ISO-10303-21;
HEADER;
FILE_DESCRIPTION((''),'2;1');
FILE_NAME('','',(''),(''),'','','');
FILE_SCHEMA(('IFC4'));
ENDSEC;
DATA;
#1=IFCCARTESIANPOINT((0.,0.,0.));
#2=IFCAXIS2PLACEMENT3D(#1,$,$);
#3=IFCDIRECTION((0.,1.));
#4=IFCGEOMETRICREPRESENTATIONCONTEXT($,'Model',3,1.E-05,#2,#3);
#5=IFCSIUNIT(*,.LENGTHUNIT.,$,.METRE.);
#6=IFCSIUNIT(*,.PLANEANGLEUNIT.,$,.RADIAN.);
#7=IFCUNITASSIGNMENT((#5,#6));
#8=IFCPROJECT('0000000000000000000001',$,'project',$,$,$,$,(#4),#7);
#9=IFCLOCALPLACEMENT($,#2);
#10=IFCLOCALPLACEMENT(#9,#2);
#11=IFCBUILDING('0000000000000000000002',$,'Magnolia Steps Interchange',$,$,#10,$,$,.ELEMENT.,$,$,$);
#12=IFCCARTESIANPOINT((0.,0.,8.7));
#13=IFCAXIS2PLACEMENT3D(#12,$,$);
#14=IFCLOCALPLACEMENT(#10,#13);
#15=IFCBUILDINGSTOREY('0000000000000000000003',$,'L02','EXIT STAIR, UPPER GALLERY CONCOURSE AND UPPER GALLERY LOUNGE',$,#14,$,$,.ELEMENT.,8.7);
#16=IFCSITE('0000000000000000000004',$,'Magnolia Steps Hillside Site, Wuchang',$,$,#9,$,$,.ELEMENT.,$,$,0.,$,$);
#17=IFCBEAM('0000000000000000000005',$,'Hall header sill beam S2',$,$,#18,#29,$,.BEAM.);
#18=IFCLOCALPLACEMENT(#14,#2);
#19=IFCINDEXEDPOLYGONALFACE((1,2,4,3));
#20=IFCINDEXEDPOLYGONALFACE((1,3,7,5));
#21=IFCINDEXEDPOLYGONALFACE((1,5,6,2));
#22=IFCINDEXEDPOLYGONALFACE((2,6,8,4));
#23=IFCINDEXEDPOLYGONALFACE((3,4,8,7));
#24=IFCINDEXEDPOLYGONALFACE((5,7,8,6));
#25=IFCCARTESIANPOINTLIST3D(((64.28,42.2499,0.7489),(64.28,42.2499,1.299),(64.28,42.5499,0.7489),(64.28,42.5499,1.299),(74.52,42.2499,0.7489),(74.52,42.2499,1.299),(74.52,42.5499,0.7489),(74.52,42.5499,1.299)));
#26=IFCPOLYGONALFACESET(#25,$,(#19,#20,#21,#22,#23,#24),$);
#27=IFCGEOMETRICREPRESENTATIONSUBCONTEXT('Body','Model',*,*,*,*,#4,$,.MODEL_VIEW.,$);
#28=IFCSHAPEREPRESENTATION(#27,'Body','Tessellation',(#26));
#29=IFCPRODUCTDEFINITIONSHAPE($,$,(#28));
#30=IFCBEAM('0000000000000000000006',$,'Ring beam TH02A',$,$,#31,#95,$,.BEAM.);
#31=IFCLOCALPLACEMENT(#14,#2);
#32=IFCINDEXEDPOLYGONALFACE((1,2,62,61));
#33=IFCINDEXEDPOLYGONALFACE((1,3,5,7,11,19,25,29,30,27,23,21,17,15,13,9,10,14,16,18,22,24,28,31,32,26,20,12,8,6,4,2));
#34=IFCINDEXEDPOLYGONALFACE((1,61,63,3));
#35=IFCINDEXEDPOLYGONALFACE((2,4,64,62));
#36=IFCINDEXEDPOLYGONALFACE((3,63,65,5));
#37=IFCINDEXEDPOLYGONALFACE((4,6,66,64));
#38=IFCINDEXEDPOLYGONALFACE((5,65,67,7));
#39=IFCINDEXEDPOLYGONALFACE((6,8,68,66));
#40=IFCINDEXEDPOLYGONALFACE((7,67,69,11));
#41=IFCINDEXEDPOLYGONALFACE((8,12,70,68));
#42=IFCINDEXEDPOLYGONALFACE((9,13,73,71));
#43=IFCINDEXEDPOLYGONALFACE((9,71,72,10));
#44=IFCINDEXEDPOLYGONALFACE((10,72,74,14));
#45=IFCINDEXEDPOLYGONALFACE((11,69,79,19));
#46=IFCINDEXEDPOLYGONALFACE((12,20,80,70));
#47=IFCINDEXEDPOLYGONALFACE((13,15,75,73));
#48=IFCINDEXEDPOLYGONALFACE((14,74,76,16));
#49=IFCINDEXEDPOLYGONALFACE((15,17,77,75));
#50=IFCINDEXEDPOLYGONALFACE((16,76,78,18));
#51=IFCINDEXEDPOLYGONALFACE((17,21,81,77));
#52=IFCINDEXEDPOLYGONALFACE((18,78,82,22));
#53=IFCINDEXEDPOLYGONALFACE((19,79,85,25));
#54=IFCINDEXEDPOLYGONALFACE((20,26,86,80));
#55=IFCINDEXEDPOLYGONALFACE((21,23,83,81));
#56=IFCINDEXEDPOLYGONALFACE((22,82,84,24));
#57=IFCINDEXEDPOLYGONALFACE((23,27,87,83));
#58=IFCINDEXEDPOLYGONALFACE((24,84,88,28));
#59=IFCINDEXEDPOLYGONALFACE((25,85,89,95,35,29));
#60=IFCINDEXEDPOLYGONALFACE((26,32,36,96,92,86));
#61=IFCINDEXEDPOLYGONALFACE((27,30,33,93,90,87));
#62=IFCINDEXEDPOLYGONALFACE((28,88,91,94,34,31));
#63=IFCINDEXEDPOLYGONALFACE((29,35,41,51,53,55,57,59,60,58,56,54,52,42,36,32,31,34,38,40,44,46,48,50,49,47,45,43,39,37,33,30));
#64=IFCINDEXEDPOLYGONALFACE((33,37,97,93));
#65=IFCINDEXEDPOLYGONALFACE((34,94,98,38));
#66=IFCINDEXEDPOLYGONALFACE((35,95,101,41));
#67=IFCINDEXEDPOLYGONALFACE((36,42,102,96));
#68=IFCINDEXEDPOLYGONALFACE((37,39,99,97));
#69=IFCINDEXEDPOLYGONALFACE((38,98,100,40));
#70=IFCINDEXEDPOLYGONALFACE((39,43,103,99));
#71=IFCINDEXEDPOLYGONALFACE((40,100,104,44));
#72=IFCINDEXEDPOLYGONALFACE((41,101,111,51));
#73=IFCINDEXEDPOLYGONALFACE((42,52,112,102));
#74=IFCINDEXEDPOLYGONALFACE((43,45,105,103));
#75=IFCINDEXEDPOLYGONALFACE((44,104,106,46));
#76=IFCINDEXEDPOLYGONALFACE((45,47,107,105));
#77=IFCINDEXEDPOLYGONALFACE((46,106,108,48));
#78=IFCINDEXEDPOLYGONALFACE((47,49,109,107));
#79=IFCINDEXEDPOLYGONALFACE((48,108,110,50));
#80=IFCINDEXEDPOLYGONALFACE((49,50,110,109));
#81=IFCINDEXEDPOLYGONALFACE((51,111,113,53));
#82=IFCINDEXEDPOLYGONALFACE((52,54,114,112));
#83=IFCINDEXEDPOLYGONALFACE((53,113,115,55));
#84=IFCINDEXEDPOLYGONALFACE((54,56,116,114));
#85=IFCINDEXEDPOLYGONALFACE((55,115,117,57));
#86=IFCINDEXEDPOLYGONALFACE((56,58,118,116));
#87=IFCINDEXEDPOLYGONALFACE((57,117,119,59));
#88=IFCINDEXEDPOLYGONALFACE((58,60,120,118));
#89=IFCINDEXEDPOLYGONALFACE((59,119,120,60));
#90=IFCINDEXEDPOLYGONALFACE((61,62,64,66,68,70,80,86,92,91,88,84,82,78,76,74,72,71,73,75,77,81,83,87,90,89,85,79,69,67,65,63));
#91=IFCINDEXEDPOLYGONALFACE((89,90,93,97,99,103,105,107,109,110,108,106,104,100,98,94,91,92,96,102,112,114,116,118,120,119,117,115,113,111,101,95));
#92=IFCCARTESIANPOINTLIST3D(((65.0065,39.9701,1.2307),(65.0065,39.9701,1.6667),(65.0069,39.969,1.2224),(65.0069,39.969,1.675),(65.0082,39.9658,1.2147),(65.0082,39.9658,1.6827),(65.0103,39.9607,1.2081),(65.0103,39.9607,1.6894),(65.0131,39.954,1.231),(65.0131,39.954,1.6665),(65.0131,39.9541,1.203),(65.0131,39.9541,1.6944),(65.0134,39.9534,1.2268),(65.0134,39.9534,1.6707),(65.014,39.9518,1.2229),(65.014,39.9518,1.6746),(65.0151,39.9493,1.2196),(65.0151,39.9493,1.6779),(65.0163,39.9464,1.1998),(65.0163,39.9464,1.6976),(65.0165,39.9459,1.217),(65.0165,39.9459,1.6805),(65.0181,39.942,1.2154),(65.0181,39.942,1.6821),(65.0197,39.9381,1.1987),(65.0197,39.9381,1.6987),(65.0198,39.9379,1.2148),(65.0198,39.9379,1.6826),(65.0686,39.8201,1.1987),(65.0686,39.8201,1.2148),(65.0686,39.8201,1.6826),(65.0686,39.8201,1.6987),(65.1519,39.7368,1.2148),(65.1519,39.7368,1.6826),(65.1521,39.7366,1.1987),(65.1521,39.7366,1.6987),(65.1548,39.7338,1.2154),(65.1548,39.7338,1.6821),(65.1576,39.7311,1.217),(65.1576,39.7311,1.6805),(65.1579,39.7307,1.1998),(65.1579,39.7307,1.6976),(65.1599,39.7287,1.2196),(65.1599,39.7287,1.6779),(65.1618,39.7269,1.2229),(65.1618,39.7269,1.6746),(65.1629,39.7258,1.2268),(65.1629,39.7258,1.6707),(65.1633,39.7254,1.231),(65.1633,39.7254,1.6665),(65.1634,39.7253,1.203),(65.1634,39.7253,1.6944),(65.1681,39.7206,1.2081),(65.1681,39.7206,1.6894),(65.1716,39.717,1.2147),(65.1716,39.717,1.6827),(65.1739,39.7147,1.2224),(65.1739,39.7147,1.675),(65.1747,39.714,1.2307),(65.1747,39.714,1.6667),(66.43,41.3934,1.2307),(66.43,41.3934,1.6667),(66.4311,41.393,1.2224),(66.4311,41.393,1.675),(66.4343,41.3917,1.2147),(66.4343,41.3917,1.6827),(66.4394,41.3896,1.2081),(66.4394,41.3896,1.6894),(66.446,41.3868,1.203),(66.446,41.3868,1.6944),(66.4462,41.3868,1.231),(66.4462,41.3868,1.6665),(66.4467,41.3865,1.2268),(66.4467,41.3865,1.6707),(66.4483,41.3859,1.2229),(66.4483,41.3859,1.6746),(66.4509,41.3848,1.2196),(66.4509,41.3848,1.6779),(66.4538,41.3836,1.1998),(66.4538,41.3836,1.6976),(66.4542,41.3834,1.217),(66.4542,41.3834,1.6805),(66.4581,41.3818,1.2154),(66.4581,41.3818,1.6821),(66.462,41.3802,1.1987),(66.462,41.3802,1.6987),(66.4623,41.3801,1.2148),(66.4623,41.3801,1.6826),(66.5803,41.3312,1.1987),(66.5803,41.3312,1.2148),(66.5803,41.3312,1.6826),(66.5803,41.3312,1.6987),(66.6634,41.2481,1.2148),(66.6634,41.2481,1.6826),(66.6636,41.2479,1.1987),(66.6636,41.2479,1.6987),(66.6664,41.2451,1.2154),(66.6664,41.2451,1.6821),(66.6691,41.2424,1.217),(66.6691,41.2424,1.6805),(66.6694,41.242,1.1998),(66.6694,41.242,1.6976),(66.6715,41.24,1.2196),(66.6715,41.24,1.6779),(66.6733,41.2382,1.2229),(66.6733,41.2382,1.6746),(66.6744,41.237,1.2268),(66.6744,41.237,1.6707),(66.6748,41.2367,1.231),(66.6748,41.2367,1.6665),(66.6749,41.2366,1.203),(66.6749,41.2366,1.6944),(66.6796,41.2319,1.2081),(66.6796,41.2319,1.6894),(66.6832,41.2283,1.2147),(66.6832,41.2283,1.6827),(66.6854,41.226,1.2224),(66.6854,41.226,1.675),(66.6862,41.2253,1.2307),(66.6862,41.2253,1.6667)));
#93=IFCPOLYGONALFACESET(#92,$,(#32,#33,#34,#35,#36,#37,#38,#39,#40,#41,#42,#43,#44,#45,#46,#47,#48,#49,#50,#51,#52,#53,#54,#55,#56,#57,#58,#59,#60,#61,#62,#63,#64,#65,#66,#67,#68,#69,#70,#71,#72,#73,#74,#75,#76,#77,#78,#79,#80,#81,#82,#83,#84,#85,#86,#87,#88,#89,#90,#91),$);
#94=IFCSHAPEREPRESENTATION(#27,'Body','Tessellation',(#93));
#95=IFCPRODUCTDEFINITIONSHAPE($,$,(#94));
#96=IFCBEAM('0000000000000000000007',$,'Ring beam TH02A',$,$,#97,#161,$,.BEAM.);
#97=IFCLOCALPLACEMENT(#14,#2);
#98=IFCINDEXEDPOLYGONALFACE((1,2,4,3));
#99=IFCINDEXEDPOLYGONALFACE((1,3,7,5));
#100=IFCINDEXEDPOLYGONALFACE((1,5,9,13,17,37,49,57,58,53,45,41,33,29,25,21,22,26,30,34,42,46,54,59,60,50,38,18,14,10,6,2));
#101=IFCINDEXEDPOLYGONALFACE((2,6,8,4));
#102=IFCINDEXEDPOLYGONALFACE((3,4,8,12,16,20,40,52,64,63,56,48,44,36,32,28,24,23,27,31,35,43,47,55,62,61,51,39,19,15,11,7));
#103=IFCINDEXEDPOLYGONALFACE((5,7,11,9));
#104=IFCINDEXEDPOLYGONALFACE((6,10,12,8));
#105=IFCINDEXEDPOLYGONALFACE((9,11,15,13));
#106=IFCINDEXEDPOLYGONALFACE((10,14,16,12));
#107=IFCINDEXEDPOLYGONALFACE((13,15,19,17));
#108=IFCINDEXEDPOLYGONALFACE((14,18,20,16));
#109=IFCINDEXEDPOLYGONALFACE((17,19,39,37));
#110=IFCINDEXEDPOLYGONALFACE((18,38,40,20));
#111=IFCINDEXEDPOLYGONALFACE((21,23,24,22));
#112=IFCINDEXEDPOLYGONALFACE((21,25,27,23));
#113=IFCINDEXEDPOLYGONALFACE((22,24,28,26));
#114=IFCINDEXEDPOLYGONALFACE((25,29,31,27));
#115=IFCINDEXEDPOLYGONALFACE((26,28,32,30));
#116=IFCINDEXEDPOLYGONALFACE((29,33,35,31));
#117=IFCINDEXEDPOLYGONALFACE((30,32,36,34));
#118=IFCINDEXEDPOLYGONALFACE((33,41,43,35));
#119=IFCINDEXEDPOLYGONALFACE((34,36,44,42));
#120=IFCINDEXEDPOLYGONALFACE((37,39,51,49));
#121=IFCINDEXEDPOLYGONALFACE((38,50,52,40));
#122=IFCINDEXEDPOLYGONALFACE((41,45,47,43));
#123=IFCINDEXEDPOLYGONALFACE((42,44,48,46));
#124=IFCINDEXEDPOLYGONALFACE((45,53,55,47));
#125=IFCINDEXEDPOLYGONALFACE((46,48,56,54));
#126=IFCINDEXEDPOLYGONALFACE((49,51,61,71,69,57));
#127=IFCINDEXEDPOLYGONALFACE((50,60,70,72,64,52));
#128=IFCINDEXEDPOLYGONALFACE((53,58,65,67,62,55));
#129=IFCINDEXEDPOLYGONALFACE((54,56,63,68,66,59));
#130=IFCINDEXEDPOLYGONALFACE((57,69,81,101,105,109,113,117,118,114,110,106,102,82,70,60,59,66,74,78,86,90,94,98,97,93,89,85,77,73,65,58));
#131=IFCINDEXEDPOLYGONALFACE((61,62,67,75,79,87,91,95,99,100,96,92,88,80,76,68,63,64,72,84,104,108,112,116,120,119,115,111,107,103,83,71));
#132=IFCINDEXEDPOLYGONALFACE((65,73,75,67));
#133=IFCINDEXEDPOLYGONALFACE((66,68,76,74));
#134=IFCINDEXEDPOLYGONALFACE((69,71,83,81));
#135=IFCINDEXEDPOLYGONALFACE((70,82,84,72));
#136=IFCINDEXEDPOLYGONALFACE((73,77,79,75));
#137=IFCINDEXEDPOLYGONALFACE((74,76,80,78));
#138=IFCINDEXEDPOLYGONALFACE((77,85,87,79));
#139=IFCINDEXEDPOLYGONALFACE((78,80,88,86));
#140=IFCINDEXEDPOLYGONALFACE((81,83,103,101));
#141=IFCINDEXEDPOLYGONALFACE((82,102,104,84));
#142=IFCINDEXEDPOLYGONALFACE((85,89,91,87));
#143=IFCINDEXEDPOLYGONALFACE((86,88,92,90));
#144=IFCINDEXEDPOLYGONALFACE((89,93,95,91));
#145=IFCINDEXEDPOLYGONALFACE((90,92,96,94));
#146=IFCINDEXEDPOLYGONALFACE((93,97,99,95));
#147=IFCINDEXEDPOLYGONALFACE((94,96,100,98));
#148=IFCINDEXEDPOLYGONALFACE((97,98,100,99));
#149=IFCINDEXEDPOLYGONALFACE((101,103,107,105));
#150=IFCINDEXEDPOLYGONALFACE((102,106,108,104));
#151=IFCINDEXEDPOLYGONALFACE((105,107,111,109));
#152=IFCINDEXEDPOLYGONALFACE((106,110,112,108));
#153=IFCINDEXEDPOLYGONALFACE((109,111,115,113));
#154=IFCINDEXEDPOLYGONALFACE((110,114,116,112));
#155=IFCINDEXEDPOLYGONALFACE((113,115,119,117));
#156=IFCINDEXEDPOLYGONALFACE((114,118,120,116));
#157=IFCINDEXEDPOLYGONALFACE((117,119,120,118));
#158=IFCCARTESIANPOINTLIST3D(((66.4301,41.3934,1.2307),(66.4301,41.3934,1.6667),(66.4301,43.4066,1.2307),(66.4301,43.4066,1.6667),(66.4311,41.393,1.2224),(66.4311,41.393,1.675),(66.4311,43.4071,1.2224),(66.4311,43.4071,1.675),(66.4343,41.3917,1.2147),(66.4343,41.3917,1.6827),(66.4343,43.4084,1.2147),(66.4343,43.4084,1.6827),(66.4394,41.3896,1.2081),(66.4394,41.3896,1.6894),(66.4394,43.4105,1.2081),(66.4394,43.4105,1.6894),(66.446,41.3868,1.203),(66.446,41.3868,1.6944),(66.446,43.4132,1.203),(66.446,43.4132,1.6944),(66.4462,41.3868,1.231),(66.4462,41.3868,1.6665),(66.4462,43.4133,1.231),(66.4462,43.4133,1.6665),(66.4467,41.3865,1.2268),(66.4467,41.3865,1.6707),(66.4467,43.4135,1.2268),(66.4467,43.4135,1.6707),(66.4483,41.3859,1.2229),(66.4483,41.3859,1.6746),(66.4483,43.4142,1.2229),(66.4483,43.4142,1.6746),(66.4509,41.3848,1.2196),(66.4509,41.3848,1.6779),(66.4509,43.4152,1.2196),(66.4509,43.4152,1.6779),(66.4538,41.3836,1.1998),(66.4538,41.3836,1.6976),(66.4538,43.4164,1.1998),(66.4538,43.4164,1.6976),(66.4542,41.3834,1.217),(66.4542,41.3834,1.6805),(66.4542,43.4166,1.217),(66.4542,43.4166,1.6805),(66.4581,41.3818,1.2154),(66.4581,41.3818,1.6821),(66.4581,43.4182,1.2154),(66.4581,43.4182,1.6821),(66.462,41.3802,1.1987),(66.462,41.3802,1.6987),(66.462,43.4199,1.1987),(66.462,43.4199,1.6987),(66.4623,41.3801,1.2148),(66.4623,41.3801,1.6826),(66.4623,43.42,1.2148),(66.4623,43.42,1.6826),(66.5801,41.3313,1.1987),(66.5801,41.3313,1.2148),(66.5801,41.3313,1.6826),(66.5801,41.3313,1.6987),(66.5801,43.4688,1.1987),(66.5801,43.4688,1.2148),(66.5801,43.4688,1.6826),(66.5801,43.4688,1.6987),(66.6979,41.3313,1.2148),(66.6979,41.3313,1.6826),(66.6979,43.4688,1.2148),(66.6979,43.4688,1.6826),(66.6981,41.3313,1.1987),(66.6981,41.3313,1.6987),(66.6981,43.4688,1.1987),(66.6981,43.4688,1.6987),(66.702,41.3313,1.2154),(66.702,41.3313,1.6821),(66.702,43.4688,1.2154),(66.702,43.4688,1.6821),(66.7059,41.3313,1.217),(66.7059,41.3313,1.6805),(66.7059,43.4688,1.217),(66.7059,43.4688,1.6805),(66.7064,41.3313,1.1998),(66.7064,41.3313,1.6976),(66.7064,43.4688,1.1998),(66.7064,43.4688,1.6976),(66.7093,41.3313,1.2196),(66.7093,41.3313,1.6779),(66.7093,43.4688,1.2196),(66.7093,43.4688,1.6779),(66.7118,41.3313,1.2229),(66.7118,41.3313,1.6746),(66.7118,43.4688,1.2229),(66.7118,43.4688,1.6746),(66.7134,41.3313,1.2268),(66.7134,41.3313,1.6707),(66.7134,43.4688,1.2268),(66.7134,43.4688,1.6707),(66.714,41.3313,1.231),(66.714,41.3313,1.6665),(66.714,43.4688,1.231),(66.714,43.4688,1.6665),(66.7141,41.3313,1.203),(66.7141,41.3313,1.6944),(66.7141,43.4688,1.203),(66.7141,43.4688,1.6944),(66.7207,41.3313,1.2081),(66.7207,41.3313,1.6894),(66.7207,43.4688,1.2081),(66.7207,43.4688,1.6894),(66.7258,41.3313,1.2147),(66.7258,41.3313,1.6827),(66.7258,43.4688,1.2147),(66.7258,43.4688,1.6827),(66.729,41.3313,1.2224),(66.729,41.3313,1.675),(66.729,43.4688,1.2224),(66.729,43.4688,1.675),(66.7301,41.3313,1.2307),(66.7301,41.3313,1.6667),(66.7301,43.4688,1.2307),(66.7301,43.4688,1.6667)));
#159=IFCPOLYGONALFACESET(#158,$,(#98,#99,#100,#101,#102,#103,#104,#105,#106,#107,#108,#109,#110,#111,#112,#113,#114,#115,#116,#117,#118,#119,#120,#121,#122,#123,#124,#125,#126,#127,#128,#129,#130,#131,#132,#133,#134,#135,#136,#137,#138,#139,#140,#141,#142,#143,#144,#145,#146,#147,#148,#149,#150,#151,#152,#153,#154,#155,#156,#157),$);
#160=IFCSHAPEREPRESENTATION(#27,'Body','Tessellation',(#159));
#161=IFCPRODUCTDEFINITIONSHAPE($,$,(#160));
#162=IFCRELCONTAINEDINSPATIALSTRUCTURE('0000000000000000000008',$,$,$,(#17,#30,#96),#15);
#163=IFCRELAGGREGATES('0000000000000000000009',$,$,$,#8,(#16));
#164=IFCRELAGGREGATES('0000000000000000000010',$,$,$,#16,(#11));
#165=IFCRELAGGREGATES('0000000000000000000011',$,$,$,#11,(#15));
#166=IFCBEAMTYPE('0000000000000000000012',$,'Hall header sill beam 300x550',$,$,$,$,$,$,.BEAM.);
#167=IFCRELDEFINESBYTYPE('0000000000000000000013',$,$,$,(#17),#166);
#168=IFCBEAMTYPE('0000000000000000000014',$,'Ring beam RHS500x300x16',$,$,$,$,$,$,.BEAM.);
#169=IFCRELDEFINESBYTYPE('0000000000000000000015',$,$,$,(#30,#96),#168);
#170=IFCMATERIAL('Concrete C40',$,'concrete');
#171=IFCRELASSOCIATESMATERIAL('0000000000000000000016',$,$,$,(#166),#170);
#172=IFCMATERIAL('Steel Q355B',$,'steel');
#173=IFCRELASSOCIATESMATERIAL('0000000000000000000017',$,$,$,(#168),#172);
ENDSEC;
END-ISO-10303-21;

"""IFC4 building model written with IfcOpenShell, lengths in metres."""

from ifc_helpers import new_model, si_unit, direction, frame, origin, origin_2d, place, context, subcontext, project, spatial, rectangle, hollow_rectangle, extrude, clip, halfspace, material, material_profile, profile_set, type_object, element, save


model = new_model("IFC4")

# Units and contexts
model_context = context("Model", 3, precision=1e-05, world=origin(), true_north=direction((0.0, 1.0)))
body_context = subcontext(model_context, "Body", "Model", "MODEL_VIEW")
ifc_project = project(units=[si_unit("LENGTHUNIT", "METRE"), si_unit("PLANEANGLEUNIT", "RADIAN")], contexts=[model_context])

# Site, building, storey
site_placement = place(None, origin())
site = spatial("IfcSite", under=ifc_project, at=site_placement, Name="Magnolia Steps Hillside Site, Wuchang", CompositionType="ELEMENT", RefElevation=0.0)
building_placement = place(site_placement, origin())
building = spatial("IfcBuilding", under=site, at=building_placement, Name="Magnolia Steps Interchange", CompositionType="ELEMENT")
storey_placement = place(building_placement, frame((0.0, 0.0, 8.7)))
storey = spatial("IfcBuildingStorey", under=building, at=storey_placement, Name="L02", Description="EXIT STAIR, UPPER GALLERY CONCOURSE AND UPPER GALLERY LOUNGE", CompositionType="ELEMENT", Elevation=8.7)

# Beams
ifc_material_1 = material(Name="Concrete C40", Category="concrete")
ifc_material_profile_1 = material_profile(ifc_material_1, rectangle(XDim=0.3, YDim=0.55, at=origin_2d()), Name="RC300x550")
ifc_profile_set_1 = profile_set([ifc_material_profile_1], Name="Concrete C40")
beam_type_1 = type_object("IfcBeamType", Name="Hall header sill beam 300x550", PredefinedType="BEAM", material=ifc_profile_set_1)
beam_1_placement = place(storey_placement, frame((64.28, 42.3999, 1.0239), z_axis=(1.0, 0.0, 0.0), x_axis=(0.0, 1.0, 0.0)))
element("IfcBeam", 1, at=beam_1_placement, inside=storey, type_object=beam_type_1, Name="Hall header sill beam S2", PredefinedType="BEAM", context=body_context, shape_type="SweptSolid", body=[
    extrude(rectangle(XDim=0.3, YDim=0.55, at=origin_2d()), origin(), (0.0, 0.0, 1.0), 10.24),
])
ifc_material_2 = material(Name="Steel Q355B", Category="steel")
ifc_material_profile_2 = material_profile(ifc_material_2, hollow_rectangle(XDim=0.3, YDim=0.5, WallThickness=0.0161, InnerFilletRadius=0.0161, OuterFilletRadius=0.032, at=origin_2d()), Name="RHS500x300x16")
ifc_profile_set_2 = profile_set([ifc_material_profile_2], Name="Steel Q355B")
beam_type_2 = type_object("IfcBeamType", Name="Ring beam RHS500x300x16", PredefinedType="BEAM", material=ifc_profile_set_2)
beam_2_placement = place(storey_placement, frame((65.0686, 39.8201, 1.4487), z_axis=(0.707164, 0.70705, 0.0), x_axis=(-0.70705, 0.707164, 0.0)))
element("IfcBeam", 2, at=beam_2_placement, inside=storey, type_object=beam_type_2, Name="Ring beam TH02A", PredefinedType="BEAM", context=body_context, shape_type="Clipping", body=[
    clip(clip(extrude(hollow_rectangle(XDim=0.3, YDim=0.5, WallThickness=0.0161, InnerFilletRadius=0.0161, OuterFilletRadius=0.032, at=origin_2d()), origin(), (0.0, 0.0, 1.0), 2.1375), halfspace(frame((0.0, 0.0, 0.0), z_axis=(0.382609, 0.0, -0.92391), x_axis=(0.92391, 0.0, 0.382609)), False)), halfspace(frame((0.0, 0.0, 2.1374), z_axis=(0.382758, 0.0, 0.923849), x_axis=(0.923849, 0.0, -0.382758)), False)),
])
beam_3_placement = place(storey_placement, frame((66.5801, 41.3313, 1.4487), z_axis=(0.0, 1.0, 0.0), x_axis=(-1.0, 0.0, 0.0)))
element("IfcBeam", 3, at=beam_3_placement, inside=storey, type_object=beam_type_2, Name="Ring beam TH02A", PredefinedType="BEAM", context=body_context, shape_type="Clipping", body=[
    clip(clip(extrude(hollow_rectangle(XDim=0.3, YDim=0.5, WallThickness=0.0161, InnerFilletRadius=0.0161, OuterFilletRadius=0.032, at=origin_2d()), origin(), (0.0, 0.0, 1.0), 2.1375), halfspace(frame((0.0, 0.0, 0.0), z_axis=(0.382683, 0.0, -0.92388), x_axis=(0.92388, 0.0, 0.382683)), False)), halfspace(frame((0.0, 0.0, 2.1375), z_axis=(0.382683, 0.0, 0.92388), x_axis=(0.92388, 0.0, -0.382683)), False)),
])

save(model, "model.ifc")
